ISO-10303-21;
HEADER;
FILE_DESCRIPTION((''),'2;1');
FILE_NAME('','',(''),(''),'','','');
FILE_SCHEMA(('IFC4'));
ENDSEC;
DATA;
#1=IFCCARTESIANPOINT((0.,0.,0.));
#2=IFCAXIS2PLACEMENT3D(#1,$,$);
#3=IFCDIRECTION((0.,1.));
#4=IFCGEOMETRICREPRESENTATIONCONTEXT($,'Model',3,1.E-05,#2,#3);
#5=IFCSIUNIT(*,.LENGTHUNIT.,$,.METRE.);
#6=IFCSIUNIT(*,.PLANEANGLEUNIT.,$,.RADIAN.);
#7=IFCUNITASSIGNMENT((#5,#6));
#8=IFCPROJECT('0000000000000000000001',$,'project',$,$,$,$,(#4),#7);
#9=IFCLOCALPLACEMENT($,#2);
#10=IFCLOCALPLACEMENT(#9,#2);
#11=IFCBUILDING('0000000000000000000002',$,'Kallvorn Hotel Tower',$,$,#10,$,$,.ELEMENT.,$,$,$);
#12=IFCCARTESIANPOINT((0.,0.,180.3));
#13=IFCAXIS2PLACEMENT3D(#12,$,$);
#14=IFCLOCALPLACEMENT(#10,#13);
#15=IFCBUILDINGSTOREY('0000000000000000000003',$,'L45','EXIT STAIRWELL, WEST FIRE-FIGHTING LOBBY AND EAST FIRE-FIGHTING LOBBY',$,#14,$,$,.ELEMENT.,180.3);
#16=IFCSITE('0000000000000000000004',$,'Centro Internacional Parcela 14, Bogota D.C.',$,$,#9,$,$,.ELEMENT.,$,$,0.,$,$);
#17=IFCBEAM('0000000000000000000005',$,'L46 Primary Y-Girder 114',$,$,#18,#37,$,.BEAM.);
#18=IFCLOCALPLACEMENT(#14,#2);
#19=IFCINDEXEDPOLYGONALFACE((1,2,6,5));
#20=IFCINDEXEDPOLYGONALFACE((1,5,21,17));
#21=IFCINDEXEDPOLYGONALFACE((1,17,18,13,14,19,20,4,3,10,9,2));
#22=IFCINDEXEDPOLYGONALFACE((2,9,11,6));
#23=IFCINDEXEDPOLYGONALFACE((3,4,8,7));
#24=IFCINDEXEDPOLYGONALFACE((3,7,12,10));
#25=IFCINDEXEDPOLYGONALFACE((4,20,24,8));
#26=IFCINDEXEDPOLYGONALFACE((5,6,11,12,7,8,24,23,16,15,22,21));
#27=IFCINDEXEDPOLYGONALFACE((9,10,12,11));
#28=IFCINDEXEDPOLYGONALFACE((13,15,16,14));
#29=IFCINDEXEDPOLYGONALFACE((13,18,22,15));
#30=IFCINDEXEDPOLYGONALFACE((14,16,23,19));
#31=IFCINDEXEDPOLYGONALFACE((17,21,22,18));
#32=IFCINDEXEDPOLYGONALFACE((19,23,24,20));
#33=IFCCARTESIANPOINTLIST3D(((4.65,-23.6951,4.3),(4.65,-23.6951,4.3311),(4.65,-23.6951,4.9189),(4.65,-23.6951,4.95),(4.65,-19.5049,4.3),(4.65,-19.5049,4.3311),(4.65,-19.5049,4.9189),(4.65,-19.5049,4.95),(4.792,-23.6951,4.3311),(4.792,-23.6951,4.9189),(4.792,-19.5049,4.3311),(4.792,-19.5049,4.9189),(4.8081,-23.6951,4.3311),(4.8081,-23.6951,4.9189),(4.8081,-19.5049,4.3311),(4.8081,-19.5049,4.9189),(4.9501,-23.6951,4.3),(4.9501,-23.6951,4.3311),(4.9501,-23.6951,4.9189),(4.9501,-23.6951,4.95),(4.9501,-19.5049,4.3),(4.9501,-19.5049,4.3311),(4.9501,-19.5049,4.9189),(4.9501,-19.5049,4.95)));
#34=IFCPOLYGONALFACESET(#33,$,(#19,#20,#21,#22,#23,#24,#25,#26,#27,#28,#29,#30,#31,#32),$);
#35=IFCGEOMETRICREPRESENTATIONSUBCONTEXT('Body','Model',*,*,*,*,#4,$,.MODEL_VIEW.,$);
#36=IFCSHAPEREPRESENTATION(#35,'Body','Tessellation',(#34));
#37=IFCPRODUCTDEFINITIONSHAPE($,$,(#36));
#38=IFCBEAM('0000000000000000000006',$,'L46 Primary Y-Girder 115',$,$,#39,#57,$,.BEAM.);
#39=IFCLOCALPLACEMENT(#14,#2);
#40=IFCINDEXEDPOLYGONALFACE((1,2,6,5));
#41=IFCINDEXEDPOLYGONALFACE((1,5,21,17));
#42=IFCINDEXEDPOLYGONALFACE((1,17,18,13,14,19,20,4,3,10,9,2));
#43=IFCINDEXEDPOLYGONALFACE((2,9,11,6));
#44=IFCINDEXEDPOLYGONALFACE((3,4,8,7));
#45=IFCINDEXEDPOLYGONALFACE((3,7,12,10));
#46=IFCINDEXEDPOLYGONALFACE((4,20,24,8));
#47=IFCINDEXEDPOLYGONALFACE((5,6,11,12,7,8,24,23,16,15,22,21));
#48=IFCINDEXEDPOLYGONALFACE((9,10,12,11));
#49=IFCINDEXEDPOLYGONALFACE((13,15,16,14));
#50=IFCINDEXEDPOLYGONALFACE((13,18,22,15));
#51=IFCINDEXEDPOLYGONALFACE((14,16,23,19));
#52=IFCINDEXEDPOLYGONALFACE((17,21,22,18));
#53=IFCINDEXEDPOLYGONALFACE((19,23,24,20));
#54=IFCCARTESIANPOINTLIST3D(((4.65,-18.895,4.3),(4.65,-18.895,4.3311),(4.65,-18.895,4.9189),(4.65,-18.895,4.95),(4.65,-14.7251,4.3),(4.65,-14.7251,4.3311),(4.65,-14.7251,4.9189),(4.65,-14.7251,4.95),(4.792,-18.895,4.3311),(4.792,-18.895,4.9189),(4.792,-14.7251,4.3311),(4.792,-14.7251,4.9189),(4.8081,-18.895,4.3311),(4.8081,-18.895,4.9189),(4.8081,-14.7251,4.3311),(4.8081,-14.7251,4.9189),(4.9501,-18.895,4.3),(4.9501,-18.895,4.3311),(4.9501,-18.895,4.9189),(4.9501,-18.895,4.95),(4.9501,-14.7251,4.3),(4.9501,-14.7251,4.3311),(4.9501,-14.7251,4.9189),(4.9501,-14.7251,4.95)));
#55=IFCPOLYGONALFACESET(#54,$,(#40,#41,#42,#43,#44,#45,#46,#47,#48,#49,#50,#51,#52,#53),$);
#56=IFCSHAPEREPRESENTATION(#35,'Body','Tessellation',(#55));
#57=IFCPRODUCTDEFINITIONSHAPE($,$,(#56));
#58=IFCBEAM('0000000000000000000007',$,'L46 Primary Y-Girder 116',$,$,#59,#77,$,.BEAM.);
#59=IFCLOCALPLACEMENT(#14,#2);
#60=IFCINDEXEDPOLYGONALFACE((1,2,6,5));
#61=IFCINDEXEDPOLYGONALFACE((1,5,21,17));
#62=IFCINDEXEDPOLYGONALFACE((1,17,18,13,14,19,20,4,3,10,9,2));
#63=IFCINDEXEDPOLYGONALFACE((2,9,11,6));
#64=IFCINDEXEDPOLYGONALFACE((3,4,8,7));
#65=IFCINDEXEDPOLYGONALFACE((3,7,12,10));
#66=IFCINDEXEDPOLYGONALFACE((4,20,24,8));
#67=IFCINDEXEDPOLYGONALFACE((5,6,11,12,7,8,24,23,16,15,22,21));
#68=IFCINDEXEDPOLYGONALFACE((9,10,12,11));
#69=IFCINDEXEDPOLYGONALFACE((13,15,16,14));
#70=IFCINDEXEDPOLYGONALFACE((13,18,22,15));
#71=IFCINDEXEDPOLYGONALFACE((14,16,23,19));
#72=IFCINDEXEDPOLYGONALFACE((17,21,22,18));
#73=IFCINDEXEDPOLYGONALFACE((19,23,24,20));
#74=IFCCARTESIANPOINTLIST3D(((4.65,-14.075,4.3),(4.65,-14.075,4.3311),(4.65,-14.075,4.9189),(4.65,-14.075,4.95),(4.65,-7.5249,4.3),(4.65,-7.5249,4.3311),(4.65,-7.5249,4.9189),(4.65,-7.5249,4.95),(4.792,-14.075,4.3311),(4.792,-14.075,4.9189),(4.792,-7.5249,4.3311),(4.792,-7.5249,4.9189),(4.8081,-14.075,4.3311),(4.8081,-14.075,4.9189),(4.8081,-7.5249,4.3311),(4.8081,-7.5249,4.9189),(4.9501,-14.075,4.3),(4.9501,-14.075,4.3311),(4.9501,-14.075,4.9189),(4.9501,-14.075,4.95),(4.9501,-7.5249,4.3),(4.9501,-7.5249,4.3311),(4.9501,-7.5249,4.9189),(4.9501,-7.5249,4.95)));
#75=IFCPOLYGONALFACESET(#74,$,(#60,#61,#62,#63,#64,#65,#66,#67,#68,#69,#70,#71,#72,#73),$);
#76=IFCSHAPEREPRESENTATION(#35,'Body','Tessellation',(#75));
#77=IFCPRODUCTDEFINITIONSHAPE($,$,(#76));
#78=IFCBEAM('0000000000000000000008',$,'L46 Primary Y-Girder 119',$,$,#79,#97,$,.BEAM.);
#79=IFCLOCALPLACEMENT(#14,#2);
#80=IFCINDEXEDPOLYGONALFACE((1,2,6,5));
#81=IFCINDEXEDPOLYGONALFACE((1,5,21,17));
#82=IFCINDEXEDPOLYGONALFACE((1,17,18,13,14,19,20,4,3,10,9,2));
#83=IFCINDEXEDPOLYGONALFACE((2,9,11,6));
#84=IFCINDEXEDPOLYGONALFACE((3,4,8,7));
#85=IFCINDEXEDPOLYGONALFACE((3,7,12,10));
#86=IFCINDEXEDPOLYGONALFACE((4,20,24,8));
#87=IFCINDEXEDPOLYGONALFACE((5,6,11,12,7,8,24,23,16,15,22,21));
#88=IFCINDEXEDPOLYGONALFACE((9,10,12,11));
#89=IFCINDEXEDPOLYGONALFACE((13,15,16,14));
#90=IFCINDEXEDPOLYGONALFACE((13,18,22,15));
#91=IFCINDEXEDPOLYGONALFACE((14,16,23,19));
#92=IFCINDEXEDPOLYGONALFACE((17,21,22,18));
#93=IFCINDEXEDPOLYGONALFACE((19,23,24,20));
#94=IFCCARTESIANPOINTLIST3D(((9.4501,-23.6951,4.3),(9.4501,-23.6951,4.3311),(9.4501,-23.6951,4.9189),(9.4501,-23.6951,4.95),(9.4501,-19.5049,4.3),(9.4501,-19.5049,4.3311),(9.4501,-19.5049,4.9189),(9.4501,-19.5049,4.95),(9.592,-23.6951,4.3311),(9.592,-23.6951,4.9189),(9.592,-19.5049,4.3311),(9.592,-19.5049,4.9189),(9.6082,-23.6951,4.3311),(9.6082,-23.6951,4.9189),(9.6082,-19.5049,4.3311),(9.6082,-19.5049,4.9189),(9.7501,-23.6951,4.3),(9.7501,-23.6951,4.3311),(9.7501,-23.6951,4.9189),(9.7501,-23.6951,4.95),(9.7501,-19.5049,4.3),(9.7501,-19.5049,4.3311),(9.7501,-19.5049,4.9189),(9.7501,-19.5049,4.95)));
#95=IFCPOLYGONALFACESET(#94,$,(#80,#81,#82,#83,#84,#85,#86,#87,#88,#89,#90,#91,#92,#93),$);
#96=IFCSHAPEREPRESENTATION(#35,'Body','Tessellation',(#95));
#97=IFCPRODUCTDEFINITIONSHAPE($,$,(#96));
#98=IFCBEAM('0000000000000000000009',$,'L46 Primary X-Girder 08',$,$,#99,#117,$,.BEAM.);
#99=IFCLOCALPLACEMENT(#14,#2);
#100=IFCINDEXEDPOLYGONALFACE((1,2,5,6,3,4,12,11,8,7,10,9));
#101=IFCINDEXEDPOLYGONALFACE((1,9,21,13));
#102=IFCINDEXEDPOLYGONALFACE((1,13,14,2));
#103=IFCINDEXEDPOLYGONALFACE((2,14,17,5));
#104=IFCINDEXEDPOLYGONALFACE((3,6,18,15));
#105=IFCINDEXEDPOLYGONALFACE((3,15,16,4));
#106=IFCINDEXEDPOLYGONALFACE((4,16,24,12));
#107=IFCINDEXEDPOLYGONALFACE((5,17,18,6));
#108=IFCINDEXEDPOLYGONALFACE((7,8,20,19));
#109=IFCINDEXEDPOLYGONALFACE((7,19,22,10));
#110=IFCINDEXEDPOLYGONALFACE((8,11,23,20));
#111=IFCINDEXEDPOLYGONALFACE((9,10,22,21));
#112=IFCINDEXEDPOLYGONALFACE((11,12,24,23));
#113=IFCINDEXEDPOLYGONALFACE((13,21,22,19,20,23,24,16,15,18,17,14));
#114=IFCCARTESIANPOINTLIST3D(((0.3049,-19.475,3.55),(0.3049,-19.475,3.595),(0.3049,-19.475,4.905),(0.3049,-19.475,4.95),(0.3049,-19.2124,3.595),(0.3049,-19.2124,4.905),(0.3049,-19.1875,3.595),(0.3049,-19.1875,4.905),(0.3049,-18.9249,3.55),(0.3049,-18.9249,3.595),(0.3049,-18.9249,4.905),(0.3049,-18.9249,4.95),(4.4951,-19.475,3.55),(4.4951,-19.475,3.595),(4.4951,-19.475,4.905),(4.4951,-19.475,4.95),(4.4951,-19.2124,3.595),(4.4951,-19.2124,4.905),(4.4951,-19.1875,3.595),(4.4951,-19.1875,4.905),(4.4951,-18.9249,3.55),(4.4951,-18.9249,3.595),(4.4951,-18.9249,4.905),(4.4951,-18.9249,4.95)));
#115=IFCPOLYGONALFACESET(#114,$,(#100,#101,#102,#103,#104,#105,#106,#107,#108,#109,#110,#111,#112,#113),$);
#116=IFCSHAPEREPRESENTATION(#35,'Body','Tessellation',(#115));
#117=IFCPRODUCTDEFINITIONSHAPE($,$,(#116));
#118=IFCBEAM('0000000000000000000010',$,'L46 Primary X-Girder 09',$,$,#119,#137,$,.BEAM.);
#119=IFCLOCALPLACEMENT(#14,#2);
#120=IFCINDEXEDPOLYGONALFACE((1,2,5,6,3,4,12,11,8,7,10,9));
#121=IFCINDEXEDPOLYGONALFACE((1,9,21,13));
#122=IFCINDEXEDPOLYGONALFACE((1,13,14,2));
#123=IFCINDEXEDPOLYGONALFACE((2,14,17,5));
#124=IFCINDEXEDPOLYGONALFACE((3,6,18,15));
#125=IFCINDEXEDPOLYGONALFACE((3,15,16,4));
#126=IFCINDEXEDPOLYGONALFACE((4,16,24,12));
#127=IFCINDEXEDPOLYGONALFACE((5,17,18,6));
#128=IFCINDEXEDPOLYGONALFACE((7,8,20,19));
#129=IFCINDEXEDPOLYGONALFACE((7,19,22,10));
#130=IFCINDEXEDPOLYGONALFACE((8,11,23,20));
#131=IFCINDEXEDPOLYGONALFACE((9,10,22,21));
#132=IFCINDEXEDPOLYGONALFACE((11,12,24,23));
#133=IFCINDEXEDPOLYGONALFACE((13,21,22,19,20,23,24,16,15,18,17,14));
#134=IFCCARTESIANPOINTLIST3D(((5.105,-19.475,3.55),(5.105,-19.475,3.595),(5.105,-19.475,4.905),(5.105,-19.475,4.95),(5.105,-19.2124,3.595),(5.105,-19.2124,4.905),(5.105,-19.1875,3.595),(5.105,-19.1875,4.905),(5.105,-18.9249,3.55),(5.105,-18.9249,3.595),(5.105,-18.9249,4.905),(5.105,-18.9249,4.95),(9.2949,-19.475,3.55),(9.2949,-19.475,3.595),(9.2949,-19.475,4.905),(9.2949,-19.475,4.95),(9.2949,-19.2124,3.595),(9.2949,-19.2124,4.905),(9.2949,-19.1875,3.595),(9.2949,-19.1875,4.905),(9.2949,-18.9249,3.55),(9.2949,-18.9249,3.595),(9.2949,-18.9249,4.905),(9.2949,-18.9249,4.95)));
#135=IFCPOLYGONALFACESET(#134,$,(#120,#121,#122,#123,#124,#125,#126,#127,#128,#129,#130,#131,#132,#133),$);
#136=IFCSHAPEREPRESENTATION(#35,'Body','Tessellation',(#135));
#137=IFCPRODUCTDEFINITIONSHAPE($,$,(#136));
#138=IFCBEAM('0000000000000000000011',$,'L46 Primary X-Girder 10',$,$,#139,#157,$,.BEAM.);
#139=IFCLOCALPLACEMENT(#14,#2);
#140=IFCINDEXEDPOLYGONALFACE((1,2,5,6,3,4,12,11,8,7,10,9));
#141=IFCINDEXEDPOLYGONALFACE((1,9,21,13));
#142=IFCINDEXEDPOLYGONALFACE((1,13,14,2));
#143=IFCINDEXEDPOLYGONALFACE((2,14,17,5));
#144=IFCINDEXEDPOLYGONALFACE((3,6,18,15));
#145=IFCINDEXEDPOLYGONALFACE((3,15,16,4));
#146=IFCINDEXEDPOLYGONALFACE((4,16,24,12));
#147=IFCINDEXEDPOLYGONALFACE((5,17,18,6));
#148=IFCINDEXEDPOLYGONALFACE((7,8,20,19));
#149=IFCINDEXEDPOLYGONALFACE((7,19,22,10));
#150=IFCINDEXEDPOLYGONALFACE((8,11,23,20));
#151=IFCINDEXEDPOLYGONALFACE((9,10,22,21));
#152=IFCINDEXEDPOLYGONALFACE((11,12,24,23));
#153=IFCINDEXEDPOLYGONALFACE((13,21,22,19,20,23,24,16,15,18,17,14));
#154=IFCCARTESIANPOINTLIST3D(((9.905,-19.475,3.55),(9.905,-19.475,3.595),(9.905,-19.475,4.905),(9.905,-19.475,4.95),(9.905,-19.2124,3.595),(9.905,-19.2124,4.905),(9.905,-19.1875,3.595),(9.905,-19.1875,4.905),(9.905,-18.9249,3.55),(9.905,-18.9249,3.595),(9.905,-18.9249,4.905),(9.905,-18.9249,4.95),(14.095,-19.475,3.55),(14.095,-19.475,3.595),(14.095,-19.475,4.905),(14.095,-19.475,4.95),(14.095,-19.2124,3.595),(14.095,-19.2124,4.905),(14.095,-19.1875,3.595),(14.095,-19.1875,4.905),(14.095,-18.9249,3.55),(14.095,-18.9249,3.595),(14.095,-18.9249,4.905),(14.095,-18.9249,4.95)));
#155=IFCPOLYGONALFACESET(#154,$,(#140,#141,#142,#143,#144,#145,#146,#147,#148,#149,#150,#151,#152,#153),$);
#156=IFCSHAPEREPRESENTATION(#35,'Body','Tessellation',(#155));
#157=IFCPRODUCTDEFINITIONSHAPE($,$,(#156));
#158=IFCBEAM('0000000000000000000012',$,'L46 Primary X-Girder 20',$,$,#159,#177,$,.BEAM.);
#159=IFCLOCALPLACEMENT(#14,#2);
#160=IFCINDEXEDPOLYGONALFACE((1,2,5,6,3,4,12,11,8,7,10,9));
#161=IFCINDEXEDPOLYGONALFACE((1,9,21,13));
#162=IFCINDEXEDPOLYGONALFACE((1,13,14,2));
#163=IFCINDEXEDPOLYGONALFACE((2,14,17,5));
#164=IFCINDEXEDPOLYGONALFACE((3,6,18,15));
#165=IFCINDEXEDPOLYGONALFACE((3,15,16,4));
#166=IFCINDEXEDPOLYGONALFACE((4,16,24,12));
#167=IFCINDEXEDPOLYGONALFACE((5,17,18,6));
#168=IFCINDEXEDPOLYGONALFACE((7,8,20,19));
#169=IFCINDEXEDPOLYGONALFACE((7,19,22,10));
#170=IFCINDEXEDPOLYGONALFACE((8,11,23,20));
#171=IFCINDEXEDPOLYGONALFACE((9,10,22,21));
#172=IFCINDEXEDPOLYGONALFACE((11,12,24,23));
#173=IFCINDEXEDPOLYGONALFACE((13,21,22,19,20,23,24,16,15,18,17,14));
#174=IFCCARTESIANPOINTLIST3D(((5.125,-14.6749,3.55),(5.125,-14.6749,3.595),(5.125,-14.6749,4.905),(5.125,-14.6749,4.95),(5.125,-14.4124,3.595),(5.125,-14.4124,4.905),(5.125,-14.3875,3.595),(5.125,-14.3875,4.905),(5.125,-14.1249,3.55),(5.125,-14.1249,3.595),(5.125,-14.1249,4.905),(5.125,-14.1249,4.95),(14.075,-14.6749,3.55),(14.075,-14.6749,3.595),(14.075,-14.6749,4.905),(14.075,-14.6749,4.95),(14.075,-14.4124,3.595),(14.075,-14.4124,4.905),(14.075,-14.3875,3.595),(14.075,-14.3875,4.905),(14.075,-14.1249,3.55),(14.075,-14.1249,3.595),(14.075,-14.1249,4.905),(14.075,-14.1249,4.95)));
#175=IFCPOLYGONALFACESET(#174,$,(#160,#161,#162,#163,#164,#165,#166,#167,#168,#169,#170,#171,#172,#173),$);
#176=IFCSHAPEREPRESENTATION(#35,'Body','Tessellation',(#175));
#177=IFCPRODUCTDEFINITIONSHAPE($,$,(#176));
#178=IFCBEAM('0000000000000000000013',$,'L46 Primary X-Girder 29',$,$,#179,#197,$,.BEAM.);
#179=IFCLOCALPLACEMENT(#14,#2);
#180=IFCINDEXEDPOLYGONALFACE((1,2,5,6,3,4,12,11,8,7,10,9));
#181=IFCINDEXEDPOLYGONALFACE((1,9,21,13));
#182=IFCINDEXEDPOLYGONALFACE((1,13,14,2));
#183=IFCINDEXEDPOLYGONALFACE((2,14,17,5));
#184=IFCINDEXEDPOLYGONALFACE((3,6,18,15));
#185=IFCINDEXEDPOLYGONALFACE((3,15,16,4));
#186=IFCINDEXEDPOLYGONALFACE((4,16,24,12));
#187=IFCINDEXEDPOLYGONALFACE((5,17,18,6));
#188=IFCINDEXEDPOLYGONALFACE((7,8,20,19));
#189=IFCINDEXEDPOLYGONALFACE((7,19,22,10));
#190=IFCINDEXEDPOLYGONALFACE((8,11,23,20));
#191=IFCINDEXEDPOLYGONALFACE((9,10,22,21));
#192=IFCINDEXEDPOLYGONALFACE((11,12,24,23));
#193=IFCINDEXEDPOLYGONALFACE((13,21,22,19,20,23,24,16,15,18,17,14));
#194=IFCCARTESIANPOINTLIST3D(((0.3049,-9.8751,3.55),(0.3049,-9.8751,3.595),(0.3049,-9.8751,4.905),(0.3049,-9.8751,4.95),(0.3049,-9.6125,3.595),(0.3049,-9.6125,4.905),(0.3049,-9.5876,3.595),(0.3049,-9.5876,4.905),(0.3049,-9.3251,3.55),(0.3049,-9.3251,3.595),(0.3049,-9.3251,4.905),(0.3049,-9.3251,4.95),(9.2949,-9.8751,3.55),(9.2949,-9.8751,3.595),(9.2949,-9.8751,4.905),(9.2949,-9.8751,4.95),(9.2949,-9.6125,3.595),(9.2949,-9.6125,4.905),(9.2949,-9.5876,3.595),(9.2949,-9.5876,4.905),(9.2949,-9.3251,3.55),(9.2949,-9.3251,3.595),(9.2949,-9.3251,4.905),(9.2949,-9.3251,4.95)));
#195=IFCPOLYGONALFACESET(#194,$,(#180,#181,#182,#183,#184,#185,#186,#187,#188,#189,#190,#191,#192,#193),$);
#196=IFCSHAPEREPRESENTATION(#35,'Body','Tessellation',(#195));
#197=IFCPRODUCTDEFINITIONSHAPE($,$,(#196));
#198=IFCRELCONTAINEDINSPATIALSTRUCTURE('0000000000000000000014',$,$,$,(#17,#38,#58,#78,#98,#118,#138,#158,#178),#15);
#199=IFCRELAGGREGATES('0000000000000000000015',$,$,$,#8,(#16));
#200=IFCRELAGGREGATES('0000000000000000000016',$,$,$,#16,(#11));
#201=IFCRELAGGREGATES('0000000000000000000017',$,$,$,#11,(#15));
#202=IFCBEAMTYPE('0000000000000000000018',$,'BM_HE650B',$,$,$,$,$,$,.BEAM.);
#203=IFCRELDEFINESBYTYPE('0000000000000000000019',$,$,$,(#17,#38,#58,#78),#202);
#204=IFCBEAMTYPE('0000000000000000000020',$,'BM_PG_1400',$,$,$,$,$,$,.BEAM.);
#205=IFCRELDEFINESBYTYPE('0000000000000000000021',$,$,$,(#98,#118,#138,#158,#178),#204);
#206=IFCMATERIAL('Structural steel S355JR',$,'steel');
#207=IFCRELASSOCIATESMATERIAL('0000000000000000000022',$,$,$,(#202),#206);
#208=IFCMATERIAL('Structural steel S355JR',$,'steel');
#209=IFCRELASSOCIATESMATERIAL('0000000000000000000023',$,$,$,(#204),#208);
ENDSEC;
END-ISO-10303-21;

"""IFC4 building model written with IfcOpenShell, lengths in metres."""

from ifc_helpers import new_model, si_unit, direction, frame, origin, origin_2d, place, context, subcontext, project, spatial, i_section, extrude, material, material_profile, profile_set, type_object, element, save


model = new_model("IFC4")

# Units and contexts
model_context = context("Model", 3, precision=1e-05, world=origin(), true_north=direction((0.0, 1.0)))
body_context = subcontext(model_context, "Body", "Model", "MODEL_VIEW")
ifc_project = project(units=[si_unit("LENGTHUNIT", "METRE"), si_unit("PLANEANGLEUNIT", "RADIAN")], contexts=[model_context])

# Site, building, storey
site_placement = place(None, origin())
site = spatial("IfcSite", under=ifc_project, at=site_placement, Name="Centro Internacional Parcela 14, Bogota D.C.", CompositionType="ELEMENT", RefElevation=0.0)
building_placement = place(site_placement, origin())
building = spatial("IfcBuilding", under=site, at=building_placement, Name="Kallvorn Hotel Tower", CompositionType="ELEMENT")
storey_placement = place(building_placement, frame((0.0, 0.0, 180.3)))
storey = spatial("IfcBuildingStorey", under=building, at=storey_placement, Name="L45", Description="EXIT STAIRWELL, WEST FIRE-FIGHTING LOBBY AND EAST FIRE-FIGHTING LOBBY", CompositionType="ELEMENT", Elevation=180.3)

# Beams
ifc_material_1 = material(Name="Structural steel S355JR", Category="steel")
ifc_material_profile_1 = material_profile(ifc_material_1, i_section(OverallWidth=0.3, OverallDepth=0.6499, WebThickness=0.0161, FlangeThickness=0.031, at=origin_2d()), Name="HE 650 B")
ifc_profile_set_1 = profile_set([ifc_material_profile_1], Name="Structural steel S355JR")
beam_type_1 = type_object("IfcBeamType", Name="BM_HE650B", PredefinedType="BEAM", material=ifc_profile_set_1)
for number, where, z_axis, x_axis, name in (
    (1, (4.8, -23.6951, 4.625), (0.0, 1.0, 0.0), (-1.0, 0.0, 0.0), "L46 Primary Y-Girder 114"),
):
    element("IfcBeam", number, at=place(storey_placement, frame(where, z_axis=z_axis, x_axis=x_axis)), inside=storey, type_object=beam_type_1, Name=name, PredefinedType="BEAM", context=body_context, shape_type="SweptSolid", body=[
        extrude(i_section(OverallWidth=0.3, OverallDepth=0.6499, WebThickness=0.0161, FlangeThickness=0.031, at=origin_2d()), origin(), (0.0, 0.0, 1.0), 4.1902),
    ])
beam_1_placement = place(storey_placement, frame((4.8, -18.895, 4.625), z_axis=(0.0, 1.0, 0.0), x_axis=(-1.0, 0.0, 0.0)))
element("IfcBeam", 2, at=beam_1_placement, inside=storey, type_object=beam_type_1, Name="L46 Primary Y-Girder 115", PredefinedType="BEAM", context=body_context, shape_type="SweptSolid", body=[
    extrude(i_section(OverallWidth=0.3, OverallDepth=0.6499, WebThickness=0.0161, FlangeThickness=0.031, at=origin_2d()), origin(), (0.0, 0.0, 1.0), 4.1699),
])
beam_2_placement = place(storey_placement, frame((4.8, -14.075, 4.625), z_axis=(0.0, 1.0, 0.0), x_axis=(-1.0, 0.0, 0.0)))
element("IfcBeam", 3, at=beam_2_placement, inside=storey, type_object=beam_type_1, Name="L46 Primary Y-Girder 116", PredefinedType="BEAM", context=body_context, shape_type="SweptSolid", body=[
    extrude(i_section(OverallWidth=0.3, OverallDepth=0.6499, WebThickness=0.0161, FlangeThickness=0.031, at=origin_2d()), origin(), (0.0, 0.0, 1.0), 6.55),
])
beam_3_placement = place(storey_placement, frame((9.6001, -23.6951, 4.625), z_axis=(0.0, 1.0, 0.0), x_axis=(-1.0, 0.0, 0.0)))
element("IfcBeam", 4, at=beam_3_placement, inside=storey, type_object=beam_type_1, Name="L46 Primary Y-Girder 119", PredefinedType="BEAM", context=body_context, shape_type="SweptSolid", body=[
    extrude(i_section(OverallWidth=0.3, OverallDepth=0.6499, WebThickness=0.0161, FlangeThickness=0.031, at=origin_2d()), origin(), (0.0, 0.0, 1.0), 4.1902),
])
ifc_material_2 = material(Name="Structural steel S355JR", Category="steel")
ifc_material_profile_2 = material_profile(ifc_material_2, i_section(OverallWidth=0.55, OverallDepth=1.3999, WebThickness=0.0249, FlangeThickness=0.0449, at=origin_2d()), Name="PG 1400x550x25x45")
ifc_profile_set_2 = profile_set([ifc_material_profile_2], Name="Structural steel S355JR")
beam_type_2 = type_object("IfcBeamType", Name="BM_PG_1400", PredefinedType="BEAM", material=ifc_profile_set_2)
beam_4_placement = place(storey_placement, frame((0.3049, -19.2, 4.25), z_axis=(1.0, 0.0, 0.0), x_axis=(0.0, 1.0, 0.0)))
element("IfcBeam", 5, at=beam_4_placement, inside=storey, type_object=beam_type_2, Name="L46 Primary X-Girder 08", PredefinedType="BEAM", context=body_context, shape_type="SweptSolid", body=[
    extrude(i_section(OverallWidth=0.55, OverallDepth=1.3999, WebThickness=0.0249, FlangeThickness=0.0449, at=origin_2d()), origin(), (0.0, 0.0, 1.0), 4.1902),
])
for number, where, z_axis, x_axis, name in (
    (6, (5.105, -19.2, 4.25), (1.0, 0.0, 0.0), (0.0, 1.0, 0.0), "L46 Primary X-Girder 09"),
    (7, (9.905, -19.2, 4.25), (1.0, 0.0, 0.0), (0.0, 1.0, 0.0), "L46 Primary X-Girder 10"),
):
    element("IfcBeam", number, at=place(storey_placement, frame(where, z_axis=z_axis, x_axis=x_axis)), inside=storey, type_object=beam_type_2, Name=name, PredefinedType="BEAM", context=body_context, shape_type="SweptSolid", body=[
        extrude(i_section(OverallWidth=0.55, OverallDepth=1.3999, WebThickness=0.0249, FlangeThickness=0.0449, at=origin_2d()), origin(), (0.0, 0.0, 1.0), 4.1899),
    ])
beam_5_placement = place(storey_placement, frame((5.125, -14.3999, 4.25), z_axis=(1.0, 0.0, 0.0), x_axis=(0.0, 1.0, 0.0)))
element("IfcBeam", 8, at=beam_5_placement, inside=storey, type_object=beam_type_2, Name="L46 Primary X-Girder 20", PredefinedType="BEAM", context=body_context, shape_type="SweptSolid", body=[
    extrude(i_section(OverallWidth=0.55, OverallDepth=1.3999, WebThickness=0.0249, FlangeThickness=0.0449, at=origin_2d()), origin(), (0.0, 0.0, 1.0), 8.95),
])
beam_6_placement = place(storey_placement, frame((0.3049, -9.6001, 4.25), z_axis=(1.0, 0.0, 0.0), x_axis=(0.0, 1.0, 0.0)))
element("IfcBeam", 9, at=beam_6_placement, inside=storey, type_object=beam_type_2, Name="L46 Primary X-Girder 29", PredefinedType="BEAM", context=body_context, shape_type="SweptSolid", body=[
    extrude(i_section(OverallWidth=0.55, OverallDepth=1.3999, WebThickness=0.0249, FlangeThickness=0.0449, at=origin_2d()), origin(), (0.0, 0.0, 1.0), 8.99),
])

save(model, "model.ifc")
